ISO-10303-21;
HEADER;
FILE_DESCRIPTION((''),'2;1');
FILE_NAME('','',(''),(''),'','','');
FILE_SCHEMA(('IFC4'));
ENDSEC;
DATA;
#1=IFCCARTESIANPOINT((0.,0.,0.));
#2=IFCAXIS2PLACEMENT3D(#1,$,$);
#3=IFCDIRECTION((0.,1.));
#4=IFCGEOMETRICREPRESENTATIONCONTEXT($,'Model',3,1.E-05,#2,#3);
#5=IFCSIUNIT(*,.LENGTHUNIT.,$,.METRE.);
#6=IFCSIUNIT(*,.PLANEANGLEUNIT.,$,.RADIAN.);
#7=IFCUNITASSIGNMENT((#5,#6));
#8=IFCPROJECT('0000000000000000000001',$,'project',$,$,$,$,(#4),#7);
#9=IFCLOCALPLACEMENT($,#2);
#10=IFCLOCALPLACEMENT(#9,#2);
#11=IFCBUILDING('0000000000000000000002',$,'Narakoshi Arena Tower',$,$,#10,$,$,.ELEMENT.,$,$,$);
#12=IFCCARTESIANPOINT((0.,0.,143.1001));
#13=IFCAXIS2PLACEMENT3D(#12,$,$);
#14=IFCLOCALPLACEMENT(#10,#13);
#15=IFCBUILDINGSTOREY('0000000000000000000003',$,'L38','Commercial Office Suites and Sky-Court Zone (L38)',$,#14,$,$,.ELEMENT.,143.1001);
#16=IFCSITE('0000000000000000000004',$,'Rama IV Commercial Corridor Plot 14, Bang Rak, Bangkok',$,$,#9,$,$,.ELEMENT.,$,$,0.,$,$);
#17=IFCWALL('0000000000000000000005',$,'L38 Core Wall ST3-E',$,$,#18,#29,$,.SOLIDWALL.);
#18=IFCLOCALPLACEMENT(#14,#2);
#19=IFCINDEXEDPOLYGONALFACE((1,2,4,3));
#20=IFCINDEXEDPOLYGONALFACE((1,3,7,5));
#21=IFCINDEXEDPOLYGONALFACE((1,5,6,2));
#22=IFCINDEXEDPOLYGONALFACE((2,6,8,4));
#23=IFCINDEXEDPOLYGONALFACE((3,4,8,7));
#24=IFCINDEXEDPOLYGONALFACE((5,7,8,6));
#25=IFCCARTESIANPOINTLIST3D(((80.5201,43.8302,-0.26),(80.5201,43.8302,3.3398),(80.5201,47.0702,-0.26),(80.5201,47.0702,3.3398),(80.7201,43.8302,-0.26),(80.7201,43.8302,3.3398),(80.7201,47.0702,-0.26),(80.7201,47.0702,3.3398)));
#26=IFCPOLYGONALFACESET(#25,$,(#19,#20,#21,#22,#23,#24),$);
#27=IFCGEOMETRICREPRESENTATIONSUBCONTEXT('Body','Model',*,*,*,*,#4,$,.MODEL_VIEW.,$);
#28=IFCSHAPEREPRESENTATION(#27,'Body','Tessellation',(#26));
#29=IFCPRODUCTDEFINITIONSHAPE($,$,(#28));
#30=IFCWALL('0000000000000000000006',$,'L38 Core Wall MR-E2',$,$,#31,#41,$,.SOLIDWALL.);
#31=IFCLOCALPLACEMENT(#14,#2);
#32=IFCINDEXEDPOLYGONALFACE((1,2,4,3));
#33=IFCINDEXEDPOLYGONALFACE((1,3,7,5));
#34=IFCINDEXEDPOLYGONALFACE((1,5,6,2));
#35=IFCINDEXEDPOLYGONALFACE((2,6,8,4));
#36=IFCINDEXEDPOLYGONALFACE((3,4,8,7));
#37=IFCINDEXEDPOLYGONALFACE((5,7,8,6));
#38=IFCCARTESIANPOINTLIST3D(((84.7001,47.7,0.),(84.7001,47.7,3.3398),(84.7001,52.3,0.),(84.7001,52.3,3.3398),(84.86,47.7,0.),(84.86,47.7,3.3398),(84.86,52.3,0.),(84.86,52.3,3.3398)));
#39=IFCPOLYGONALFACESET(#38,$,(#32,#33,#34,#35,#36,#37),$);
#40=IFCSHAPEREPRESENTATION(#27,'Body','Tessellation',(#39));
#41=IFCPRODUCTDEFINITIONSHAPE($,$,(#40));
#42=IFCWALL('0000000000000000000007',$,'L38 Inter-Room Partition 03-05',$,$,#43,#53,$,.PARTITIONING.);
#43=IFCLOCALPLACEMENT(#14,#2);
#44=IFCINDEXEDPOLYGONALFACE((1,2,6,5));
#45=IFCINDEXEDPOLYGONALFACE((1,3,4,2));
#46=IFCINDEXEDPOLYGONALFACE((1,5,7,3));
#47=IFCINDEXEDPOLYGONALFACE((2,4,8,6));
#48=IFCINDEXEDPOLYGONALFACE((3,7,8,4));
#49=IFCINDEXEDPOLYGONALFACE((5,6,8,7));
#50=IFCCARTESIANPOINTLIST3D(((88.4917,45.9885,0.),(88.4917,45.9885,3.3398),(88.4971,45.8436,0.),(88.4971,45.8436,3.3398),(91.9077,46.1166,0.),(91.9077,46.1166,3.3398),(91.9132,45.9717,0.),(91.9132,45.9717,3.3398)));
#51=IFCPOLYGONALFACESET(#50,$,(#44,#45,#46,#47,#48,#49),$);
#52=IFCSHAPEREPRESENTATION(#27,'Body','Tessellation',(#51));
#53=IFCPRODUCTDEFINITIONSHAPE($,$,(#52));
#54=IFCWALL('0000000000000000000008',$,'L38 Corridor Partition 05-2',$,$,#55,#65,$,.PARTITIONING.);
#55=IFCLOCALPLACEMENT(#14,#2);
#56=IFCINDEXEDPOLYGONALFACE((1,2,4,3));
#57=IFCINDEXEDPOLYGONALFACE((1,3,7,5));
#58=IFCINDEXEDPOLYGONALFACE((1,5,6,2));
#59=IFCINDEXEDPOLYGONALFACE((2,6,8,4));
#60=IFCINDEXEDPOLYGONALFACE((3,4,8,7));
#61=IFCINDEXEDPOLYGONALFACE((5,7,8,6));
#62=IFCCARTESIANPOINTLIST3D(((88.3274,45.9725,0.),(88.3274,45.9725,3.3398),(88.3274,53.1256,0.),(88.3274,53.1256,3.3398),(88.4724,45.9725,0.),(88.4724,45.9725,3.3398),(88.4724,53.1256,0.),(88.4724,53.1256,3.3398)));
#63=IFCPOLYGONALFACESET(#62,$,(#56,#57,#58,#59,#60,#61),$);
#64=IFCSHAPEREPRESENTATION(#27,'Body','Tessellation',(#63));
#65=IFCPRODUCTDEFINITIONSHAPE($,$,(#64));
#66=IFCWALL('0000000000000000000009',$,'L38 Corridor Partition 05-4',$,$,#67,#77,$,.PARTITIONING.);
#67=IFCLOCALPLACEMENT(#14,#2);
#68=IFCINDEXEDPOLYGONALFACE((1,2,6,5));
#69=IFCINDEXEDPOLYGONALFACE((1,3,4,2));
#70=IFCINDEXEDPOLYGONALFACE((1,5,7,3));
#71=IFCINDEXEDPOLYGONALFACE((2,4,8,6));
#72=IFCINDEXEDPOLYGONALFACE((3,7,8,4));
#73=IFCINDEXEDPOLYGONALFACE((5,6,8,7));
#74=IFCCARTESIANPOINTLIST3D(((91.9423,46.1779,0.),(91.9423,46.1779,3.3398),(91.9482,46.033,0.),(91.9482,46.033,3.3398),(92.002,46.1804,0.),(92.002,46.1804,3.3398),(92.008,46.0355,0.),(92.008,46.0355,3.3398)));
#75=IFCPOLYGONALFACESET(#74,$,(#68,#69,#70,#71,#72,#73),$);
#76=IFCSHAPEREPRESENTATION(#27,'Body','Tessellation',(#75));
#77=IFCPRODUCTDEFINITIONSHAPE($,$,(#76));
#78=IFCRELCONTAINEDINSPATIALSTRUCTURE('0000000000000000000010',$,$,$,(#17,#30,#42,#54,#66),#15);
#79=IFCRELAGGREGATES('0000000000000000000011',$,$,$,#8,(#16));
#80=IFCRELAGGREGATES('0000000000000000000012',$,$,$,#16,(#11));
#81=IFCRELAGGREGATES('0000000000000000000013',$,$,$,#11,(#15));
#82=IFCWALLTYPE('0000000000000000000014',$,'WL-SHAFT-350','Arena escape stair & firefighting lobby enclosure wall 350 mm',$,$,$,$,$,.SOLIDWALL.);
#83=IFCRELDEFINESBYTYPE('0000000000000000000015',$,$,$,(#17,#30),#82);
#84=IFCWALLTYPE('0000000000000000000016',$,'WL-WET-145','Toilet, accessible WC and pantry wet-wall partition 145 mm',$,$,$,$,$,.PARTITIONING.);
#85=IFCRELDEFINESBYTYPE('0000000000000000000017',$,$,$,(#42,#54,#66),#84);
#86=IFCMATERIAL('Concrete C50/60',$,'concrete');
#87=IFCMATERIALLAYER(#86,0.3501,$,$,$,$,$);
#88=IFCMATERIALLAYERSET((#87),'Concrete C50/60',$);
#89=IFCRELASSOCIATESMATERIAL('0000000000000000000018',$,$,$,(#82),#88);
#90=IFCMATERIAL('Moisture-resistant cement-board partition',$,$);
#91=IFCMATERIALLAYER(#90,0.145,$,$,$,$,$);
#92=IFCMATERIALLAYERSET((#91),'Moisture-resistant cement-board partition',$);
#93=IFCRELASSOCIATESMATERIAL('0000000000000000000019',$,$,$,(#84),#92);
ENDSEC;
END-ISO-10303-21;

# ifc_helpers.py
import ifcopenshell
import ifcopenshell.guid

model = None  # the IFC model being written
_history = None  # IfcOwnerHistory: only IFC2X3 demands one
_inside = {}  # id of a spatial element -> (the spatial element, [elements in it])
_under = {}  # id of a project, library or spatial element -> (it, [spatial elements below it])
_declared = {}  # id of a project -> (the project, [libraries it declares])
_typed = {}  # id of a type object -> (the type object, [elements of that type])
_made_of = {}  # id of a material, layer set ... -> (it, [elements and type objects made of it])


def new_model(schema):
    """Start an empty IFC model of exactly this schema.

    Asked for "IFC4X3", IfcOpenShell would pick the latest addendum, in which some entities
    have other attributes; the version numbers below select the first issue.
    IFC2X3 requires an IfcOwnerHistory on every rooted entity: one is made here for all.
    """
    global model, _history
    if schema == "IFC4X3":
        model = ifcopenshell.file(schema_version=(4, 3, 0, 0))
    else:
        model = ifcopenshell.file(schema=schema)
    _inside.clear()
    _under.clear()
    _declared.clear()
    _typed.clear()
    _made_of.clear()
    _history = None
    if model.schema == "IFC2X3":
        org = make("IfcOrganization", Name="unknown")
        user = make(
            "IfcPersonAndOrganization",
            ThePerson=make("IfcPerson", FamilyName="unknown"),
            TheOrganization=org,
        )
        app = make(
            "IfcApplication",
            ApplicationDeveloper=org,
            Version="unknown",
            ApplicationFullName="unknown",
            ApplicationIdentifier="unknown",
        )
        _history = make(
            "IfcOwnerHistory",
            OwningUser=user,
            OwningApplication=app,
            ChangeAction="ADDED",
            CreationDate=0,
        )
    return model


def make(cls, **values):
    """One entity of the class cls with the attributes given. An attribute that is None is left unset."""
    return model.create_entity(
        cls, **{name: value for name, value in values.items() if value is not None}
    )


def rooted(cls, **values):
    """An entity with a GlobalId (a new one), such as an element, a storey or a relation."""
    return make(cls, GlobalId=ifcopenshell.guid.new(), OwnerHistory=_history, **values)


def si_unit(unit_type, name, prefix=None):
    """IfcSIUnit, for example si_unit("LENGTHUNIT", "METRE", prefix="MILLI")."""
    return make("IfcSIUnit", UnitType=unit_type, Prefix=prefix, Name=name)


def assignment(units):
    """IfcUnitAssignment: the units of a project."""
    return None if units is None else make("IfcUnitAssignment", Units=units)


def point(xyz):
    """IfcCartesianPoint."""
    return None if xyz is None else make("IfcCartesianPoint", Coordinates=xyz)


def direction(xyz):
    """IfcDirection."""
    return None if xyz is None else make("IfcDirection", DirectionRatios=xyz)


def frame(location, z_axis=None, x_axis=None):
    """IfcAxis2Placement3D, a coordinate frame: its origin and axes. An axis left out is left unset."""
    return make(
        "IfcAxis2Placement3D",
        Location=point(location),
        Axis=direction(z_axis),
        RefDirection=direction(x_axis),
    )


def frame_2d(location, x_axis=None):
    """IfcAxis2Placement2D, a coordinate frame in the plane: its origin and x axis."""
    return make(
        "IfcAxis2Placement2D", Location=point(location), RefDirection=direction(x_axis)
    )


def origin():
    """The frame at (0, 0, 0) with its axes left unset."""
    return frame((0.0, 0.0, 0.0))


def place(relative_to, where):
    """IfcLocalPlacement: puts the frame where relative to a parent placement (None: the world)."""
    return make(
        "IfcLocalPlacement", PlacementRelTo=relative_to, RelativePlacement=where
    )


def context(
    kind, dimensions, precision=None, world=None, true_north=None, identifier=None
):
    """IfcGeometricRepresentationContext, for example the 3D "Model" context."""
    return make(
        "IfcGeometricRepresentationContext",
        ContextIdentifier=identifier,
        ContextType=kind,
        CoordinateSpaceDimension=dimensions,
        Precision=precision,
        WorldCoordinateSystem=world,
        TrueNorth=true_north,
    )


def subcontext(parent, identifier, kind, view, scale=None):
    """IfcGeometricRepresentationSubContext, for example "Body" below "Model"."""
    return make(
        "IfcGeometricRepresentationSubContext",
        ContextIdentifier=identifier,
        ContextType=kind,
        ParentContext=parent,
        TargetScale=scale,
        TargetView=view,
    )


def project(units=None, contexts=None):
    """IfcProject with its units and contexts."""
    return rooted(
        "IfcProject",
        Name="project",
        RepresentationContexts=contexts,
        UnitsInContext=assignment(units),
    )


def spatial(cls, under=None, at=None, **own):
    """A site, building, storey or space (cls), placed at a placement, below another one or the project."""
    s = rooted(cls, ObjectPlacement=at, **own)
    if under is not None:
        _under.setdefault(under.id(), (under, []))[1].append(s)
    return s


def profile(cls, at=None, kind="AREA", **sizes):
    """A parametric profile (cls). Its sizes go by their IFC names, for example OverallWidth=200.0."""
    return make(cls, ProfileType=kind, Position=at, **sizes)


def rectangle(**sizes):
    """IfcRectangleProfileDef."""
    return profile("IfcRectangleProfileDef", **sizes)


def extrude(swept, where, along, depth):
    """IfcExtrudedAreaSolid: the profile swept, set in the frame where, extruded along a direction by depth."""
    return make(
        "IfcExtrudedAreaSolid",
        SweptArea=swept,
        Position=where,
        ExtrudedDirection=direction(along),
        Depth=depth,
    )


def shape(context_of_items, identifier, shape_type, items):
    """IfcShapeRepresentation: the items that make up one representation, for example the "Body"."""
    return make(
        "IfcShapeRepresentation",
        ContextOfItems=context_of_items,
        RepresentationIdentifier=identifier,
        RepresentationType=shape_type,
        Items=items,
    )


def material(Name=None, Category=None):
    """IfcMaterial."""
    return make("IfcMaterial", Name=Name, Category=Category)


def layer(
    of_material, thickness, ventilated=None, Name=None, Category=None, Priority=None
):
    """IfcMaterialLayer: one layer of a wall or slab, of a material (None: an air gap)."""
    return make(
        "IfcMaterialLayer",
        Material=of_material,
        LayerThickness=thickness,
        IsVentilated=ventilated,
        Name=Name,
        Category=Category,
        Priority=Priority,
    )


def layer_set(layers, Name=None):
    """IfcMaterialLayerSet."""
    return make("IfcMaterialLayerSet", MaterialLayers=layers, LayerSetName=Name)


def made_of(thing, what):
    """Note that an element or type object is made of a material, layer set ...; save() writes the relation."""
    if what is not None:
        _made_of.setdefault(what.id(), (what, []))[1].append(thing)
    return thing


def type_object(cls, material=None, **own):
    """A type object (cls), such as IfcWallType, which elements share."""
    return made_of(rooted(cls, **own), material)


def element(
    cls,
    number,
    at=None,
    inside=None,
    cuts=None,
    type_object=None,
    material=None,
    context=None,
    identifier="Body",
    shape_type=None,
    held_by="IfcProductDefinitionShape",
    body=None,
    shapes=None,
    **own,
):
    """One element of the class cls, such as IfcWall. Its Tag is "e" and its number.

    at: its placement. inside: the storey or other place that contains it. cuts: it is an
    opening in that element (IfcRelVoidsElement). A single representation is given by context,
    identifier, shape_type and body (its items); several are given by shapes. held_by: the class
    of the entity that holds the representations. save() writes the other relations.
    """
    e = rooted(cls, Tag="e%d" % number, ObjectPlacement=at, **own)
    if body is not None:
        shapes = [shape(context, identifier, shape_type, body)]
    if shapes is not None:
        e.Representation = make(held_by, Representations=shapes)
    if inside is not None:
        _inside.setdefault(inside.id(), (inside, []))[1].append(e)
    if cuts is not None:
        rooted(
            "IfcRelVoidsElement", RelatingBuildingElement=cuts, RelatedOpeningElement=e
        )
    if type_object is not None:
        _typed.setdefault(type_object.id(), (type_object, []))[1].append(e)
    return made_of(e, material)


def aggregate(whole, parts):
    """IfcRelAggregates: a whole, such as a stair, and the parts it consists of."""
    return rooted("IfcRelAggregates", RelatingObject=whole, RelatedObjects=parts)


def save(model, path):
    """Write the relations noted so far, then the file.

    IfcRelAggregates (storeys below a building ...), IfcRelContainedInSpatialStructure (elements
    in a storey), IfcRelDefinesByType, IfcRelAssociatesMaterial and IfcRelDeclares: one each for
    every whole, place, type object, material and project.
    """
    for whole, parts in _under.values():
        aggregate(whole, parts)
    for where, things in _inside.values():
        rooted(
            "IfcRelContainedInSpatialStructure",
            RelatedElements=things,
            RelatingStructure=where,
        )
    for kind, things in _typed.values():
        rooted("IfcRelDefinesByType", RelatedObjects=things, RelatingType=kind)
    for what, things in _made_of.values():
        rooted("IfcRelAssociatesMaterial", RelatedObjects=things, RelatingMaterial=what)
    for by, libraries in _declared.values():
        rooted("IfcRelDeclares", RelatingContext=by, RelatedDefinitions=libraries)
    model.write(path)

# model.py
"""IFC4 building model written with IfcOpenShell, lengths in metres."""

from ifc_helpers import new_model, si_unit, direction, frame, frame_2d, origin, place, context, subcontext, project, spatial, rectangle, extrude, material, layer, layer_set, type_object, element, save


model = new_model("IFC4")

# Units and contexts
model_context = context("Model", 3, precision=1e-05, world=origin(), true_north=direction((0.0, 1.0)))
body_context = subcontext(model_context, "Body", "Model", "MODEL_VIEW")
ifc_project = project(units=[si_unit("LENGTHUNIT", "METRE"), si_unit("PLANEANGLEUNIT", "RADIAN")], contexts=[model_context])

# Site, building, storey
site_placement = place(None, origin())
site = spatial("IfcSite", under=ifc_project, at=site_placement, Name="Rama IV Commercial Corridor Plot 14, Bang Rak, Bangkok", CompositionType="ELEMENT", RefElevation=0.0)
building_placement = place(site_placement, origin())
building = spatial("IfcBuilding", under=site, at=building_placement, Name="Narakoshi Arena Tower", CompositionType="ELEMENT")
storey_placement = place(building_placement, frame((0.0, 0.0, 143.1001)))
storey = spatial("IfcBuildingStorey", under=building, at=storey_placement, Name="L38", Description="Commercial Office Suites and Sky-Court Zone (L38)", CompositionType="ELEMENT", Elevation=143.1001)

# Walls
ifc_material_1 = material(Name="Concrete C50/60", Category="concrete")
ifc_layer_1 = layer(ifc_material_1, 0.3501)
ifc_layer_set_1 = layer_set([ifc_layer_1], Name="Concrete C50/60")
wall_type_1 = type_object("IfcWallType", Name="WL-SHAFT-350", Description="Arena escape stair & firefighting lobby enclosure wall 350 mm", PredefinedType="SOLIDWALL", material=ifc_layer_set_1)
wall_1_placement = place(storey_placement, frame((80.6201, 43.8301, -0.26), z_axis=(0.0, 0.0, 1.0), x_axis=(0.0, 1.0, 0.0)))
element("IfcWall", 1, at=wall_1_placement, inside=storey, type_object=wall_type_1, Name="L38 Core Wall ST3-E", PredefinedType="SOLIDWALL", context=body_context, shape_type="SweptSolid", body=[
    extrude(rectangle(XDim=3.24, YDim=0.2, at=frame_2d((1.6201, 0.0))), origin(), (0.0, 0.0, 1.0), 3.5999),
])
wall_2_placement = place(storey_placement, frame((84.78, 47.7, 0.0), z_axis=(0.0, 0.0, 1.0), x_axis=(0.0, 1.0, 0.0)))
element("IfcWall", 2, at=wall_2_placement, inside=storey, type_object=wall_type_1, Name="L38 Core Wall MR-E2", PredefinedType="SOLIDWALL", context=body_context, shape_type="SweptSolid", body=[
    extrude(rectangle(XDim=4.6001, YDim=0.1599, at=frame_2d((2.3, 0.0))), origin(), (0.0, 0.0, 1.0), 3.3398),
])
ifc_material_2 = material(Name="Moisture-resistant cement-board partition")
ifc_layer_2 = layer(ifc_material_2, 0.145)
ifc_layer_set_2 = layer_set([ifc_layer_2], Name="Moisture-resistant cement-board partition")
wall_type_2 = type_object("IfcWallType", Name="WL-WET-145", Description="Toilet, accessible WC and pantry wet-wall partition 145 mm", PredefinedType="PARTITIONING", material=ifc_layer_set_2)
wall_3_placement = place(storey_placement, frame((88.4944, 45.916, 0.0), z_axis=(0.0, 0.0, 1.0), x_axis=(0.999297, 0.037495, 0.0)))
element("IfcWall", 3, at=wall_3_placement, inside=storey, type_object=wall_type_2, Name="L38 Inter-Room Partition 03-05", PredefinedType="PARTITIONING", context=body_context, shape_type="SweptSolid", body=[
    extrude(rectangle(XDim=3.4185, YDim=0.145, at=frame_2d((1.7092, 0.0))), origin(), (0.0, 0.0, 1.0), 3.3398),
])
wall_4_placement = place(storey_placement, frame((88.3999, 45.9724, 0.0), z_axis=(0.0, 0.0, 1.0), x_axis=(0.0, 1.0, 0.0)))
element("IfcWall", 4, at=wall_4_placement, inside=storey, type_object=wall_type_2, Name="L38 Corridor Partition 05-2", PredefinedType="PARTITIONING", context=body_context, shape_type="SweptSolid", body=[
    extrude(rectangle(XDim=7.1531, YDim=0.145, at=frame_2d((3.5767, 0.0))), origin(), (0.0, 0.0, 1.0), 3.3398),
])
wall_5_placement = place(storey_placement, frame((92.0049, 46.1079, 0.0), z_axis=(0.0, 0.0, 1.0), x_axis=(-0.999168, -0.040782, 0.0)))
element("IfcWall", 5, at=wall_5_placement, inside=storey, type_object=wall_type_2, Name="L38 Corridor Partition 05-4", PredefinedType="PARTITIONING", context=body_context, shape_type="SweptSolid", body=[
    extrude(rectangle(XDim=0.0598, YDim=0.145, at=frame_2d((0.0298, 0.0))), origin(), (0.0, 0.0, 1.0), 3.3398),
])

save(model, "model.ifc")
